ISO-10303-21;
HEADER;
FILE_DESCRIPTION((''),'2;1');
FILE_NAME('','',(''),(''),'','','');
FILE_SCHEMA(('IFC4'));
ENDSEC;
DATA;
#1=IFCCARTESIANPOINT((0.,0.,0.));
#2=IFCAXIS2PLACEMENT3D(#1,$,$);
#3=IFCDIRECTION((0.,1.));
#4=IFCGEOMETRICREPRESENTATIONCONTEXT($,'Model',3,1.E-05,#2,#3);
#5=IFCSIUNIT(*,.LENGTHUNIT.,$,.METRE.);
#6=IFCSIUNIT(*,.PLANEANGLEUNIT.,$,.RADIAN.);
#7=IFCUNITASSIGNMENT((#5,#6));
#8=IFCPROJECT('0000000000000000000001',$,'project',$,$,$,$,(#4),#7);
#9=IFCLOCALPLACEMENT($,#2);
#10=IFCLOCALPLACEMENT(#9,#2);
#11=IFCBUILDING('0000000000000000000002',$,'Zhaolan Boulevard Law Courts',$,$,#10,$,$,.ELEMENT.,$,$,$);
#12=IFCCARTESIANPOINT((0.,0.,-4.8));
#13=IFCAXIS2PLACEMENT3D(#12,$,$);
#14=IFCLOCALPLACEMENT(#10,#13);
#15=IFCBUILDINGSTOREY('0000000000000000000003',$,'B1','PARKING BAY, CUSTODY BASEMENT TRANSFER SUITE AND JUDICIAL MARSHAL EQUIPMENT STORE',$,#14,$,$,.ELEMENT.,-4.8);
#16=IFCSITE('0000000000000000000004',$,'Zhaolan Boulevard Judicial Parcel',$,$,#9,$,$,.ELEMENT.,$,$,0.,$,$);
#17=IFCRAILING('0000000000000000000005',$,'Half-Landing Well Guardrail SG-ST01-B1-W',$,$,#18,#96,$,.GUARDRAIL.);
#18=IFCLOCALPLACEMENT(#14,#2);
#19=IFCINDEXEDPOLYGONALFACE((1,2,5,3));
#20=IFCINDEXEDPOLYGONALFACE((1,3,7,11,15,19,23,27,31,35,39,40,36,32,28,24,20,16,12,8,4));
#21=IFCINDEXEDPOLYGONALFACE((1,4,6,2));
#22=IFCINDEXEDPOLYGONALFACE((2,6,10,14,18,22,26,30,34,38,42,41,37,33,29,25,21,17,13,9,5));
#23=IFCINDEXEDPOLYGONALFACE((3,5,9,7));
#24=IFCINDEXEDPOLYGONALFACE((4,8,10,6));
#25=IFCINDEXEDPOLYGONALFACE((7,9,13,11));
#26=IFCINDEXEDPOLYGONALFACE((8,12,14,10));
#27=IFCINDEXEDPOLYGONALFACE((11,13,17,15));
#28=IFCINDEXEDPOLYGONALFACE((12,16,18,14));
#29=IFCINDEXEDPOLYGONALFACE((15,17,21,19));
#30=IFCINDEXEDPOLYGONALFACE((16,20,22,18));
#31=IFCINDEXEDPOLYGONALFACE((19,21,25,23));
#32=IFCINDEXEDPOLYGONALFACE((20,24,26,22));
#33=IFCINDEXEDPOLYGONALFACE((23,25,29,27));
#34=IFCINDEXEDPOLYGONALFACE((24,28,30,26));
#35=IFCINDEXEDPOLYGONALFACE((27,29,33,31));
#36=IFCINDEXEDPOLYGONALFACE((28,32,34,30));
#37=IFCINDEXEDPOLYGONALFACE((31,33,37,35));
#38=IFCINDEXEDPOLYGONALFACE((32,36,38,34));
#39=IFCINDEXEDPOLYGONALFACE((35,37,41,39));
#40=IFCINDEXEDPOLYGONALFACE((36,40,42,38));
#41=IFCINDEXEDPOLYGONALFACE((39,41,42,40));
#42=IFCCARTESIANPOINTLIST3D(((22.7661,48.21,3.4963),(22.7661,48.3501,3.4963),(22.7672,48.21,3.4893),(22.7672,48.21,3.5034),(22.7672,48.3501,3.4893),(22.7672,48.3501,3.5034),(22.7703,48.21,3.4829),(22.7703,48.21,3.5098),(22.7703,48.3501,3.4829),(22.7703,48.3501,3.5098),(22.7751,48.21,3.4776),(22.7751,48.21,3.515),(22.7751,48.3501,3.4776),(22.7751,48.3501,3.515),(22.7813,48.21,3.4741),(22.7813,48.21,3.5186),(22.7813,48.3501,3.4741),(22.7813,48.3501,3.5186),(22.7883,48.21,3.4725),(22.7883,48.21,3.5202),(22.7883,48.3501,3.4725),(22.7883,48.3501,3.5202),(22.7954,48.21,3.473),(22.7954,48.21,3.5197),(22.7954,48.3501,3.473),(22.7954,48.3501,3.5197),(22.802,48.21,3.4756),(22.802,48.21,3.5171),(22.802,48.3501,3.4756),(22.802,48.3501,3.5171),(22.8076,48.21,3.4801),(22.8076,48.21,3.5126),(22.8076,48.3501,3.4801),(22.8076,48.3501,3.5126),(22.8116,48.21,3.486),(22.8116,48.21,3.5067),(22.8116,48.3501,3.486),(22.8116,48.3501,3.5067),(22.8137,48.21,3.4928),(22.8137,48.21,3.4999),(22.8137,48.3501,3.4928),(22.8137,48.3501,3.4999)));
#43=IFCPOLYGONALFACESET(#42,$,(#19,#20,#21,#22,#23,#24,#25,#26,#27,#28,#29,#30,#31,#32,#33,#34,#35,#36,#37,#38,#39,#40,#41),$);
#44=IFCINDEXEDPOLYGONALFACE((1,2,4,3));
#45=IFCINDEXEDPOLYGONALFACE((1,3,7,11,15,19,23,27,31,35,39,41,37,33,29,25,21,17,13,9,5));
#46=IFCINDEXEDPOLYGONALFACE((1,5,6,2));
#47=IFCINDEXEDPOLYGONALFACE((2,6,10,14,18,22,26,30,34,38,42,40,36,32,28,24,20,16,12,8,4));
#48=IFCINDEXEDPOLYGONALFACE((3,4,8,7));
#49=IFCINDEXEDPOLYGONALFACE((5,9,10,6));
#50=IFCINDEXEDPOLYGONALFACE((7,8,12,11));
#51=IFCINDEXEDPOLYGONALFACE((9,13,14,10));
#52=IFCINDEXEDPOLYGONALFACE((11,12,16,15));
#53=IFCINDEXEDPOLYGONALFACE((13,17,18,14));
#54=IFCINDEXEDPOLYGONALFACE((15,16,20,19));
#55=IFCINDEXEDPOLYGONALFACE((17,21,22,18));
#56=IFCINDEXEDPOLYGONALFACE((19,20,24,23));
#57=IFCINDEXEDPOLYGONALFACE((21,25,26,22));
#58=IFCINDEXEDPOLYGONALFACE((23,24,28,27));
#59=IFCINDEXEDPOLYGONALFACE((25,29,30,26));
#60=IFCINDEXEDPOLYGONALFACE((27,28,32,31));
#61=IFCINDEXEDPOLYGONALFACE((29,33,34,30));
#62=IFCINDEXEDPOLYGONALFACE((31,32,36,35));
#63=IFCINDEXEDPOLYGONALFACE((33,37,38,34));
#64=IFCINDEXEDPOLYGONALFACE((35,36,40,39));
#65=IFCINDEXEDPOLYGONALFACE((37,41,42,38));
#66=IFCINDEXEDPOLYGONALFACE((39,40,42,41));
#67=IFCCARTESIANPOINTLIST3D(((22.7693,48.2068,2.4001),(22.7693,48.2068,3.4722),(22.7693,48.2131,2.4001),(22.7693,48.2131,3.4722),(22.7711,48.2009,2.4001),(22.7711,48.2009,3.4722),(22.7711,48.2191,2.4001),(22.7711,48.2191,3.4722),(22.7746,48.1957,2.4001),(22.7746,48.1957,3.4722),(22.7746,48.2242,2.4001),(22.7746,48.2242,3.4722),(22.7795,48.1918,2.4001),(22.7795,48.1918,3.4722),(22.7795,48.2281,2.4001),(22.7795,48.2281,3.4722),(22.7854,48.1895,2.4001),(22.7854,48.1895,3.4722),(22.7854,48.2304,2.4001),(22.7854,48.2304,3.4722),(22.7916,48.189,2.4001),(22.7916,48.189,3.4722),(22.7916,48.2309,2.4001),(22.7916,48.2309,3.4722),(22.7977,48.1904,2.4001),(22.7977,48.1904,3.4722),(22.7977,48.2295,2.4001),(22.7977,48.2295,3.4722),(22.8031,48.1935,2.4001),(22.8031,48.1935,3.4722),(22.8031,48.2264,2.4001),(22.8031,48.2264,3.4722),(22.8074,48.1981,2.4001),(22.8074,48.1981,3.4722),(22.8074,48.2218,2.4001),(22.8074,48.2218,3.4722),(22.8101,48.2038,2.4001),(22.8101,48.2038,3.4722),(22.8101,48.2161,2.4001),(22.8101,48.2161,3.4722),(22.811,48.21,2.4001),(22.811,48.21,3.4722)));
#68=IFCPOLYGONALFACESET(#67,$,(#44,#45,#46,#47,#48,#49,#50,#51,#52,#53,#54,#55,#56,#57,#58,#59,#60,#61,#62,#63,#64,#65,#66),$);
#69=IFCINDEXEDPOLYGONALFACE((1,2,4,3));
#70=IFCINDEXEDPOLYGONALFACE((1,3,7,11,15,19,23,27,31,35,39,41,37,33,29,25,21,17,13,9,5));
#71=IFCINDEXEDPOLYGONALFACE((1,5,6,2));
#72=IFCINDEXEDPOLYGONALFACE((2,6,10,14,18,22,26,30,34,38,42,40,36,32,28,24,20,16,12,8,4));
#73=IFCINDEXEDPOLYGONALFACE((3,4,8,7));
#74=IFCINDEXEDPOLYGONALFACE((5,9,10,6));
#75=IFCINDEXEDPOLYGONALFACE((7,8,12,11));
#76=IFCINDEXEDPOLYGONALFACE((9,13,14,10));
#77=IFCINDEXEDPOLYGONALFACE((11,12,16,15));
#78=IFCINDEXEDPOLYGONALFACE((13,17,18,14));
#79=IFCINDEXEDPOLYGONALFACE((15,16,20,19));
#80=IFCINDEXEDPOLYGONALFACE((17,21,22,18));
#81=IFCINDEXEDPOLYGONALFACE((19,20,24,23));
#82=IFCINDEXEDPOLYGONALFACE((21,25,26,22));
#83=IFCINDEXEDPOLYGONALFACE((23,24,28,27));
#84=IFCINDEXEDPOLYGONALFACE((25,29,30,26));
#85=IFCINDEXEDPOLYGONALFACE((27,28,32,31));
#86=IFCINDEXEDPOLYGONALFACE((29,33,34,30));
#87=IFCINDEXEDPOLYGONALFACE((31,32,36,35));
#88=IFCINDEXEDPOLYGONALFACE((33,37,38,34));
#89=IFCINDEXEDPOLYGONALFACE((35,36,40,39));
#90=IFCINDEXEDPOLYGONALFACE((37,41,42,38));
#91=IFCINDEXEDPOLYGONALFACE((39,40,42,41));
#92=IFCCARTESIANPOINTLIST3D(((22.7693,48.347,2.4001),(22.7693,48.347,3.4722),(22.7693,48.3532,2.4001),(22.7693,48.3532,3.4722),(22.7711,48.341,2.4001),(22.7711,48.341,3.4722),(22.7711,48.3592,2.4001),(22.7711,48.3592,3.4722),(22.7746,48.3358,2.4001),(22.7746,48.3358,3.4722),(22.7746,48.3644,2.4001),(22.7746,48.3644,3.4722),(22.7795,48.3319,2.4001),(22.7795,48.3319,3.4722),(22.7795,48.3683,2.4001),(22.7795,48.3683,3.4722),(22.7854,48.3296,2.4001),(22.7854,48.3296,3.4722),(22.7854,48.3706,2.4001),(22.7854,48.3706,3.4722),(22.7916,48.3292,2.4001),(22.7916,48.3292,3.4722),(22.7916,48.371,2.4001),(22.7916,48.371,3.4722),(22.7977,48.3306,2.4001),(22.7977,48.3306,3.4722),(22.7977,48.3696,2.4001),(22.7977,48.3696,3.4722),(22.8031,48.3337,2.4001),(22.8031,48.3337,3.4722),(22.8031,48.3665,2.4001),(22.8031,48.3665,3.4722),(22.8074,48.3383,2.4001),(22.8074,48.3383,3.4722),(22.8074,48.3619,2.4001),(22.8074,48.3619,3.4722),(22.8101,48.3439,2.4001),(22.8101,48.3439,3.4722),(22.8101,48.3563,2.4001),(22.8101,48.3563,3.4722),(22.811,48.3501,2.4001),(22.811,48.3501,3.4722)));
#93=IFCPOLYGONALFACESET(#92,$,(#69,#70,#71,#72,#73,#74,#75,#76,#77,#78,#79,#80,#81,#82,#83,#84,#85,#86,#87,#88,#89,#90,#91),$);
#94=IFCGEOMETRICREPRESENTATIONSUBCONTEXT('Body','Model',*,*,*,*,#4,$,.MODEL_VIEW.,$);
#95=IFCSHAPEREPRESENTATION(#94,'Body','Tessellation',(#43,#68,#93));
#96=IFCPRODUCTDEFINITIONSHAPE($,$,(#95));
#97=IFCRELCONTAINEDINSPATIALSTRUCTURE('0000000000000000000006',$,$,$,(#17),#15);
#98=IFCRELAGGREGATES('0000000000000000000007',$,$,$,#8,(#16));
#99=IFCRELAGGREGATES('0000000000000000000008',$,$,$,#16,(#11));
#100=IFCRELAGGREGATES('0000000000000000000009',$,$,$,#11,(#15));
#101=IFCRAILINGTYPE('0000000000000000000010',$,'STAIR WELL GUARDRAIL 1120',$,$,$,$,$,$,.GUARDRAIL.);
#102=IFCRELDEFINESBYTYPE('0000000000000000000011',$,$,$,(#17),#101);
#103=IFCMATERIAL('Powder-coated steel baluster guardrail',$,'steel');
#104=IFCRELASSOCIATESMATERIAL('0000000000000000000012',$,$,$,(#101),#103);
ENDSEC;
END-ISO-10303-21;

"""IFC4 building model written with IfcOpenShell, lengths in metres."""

from ifc_helpers import new_model, si_unit, direction, frame, origin, origin_2d, place, context, subcontext, project, spatial, circle, extrude, material, type_object, element, save


model = new_model("IFC4")

# Units and contexts
model_context = context("Model", 3, precision=1e-05, world=origin(), true_north=direction((0.0, 1.0)))
body_context = subcontext(model_context, "Body", "Model", "MODEL_VIEW")
ifc_project = project(units=[si_unit("LENGTHUNIT", "METRE"), si_unit("PLANEANGLEUNIT", "RADIAN")], contexts=[model_context])

# Site, building, storey
site_placement = place(None, origin())
site = spatial("IfcSite", under=ifc_project, at=site_placement, Name="Zhaolan Boulevard Judicial Parcel", CompositionType="ELEMENT", RefElevation=0.0)
building_placement = place(site_placement, origin())
building = spatial("IfcBuilding", under=site, at=building_placement, Name="Zhaolan Boulevard Law Courts", CompositionType="ELEMENT")
storey_placement = place(building_placement, frame((0.0, 0.0, -4.8)))
storey = spatial("IfcBuildingStorey", under=building, at=storey_placement, Name="B1", Description="PARKING BAY, CUSTODY BASEMENT TRANSFER SUITE AND JUDICIAL MARSHAL EQUIPMENT STORE", CompositionType="ELEMENT", Elevation=-4.8)

# Railing
ifc_material_1 = material(Name="Powder-coated steel baluster guardrail", Category="steel")
railing_type_1 = type_object("IfcRailingType", Name="STAIR WELL GUARDRAIL 1120", PredefinedType="GUARDRAIL", material=ifc_material_1)
railing_1_placement = place(storey_placement, frame((22.79, 48.21, 2.4001)))
element("IfcRailing", 1, at=railing_1_placement, inside=storey, type_object=railing_type_1, Name="Half-Landing Well Guardrail SG-ST01-B1-W", PredefinedType="GUARDRAIL", context=body_context, shape_type="SweptSolid", body=[
    extrude(circle(Radius=0.0239, at=origin_2d()), frame((0.0, 0.0, 1.0962), z_axis=(0.0, 1.0, 0.0), x_axis=(-1.0, 0.0, 0.0)), (0.0, 0.0, 1.0), 0.1401),
    extrude(circle(Radius=0.021, at=origin_2d()), origin(), (0.0, 0.0, 1.0), 1.072),
    extrude(circle(Radius=0.021, at=origin_2d()), frame((0.0, 0.1401, 0.0)), (0.0, 0.0, 1.0), 1.072),
])

save(model, "model.ifc")
